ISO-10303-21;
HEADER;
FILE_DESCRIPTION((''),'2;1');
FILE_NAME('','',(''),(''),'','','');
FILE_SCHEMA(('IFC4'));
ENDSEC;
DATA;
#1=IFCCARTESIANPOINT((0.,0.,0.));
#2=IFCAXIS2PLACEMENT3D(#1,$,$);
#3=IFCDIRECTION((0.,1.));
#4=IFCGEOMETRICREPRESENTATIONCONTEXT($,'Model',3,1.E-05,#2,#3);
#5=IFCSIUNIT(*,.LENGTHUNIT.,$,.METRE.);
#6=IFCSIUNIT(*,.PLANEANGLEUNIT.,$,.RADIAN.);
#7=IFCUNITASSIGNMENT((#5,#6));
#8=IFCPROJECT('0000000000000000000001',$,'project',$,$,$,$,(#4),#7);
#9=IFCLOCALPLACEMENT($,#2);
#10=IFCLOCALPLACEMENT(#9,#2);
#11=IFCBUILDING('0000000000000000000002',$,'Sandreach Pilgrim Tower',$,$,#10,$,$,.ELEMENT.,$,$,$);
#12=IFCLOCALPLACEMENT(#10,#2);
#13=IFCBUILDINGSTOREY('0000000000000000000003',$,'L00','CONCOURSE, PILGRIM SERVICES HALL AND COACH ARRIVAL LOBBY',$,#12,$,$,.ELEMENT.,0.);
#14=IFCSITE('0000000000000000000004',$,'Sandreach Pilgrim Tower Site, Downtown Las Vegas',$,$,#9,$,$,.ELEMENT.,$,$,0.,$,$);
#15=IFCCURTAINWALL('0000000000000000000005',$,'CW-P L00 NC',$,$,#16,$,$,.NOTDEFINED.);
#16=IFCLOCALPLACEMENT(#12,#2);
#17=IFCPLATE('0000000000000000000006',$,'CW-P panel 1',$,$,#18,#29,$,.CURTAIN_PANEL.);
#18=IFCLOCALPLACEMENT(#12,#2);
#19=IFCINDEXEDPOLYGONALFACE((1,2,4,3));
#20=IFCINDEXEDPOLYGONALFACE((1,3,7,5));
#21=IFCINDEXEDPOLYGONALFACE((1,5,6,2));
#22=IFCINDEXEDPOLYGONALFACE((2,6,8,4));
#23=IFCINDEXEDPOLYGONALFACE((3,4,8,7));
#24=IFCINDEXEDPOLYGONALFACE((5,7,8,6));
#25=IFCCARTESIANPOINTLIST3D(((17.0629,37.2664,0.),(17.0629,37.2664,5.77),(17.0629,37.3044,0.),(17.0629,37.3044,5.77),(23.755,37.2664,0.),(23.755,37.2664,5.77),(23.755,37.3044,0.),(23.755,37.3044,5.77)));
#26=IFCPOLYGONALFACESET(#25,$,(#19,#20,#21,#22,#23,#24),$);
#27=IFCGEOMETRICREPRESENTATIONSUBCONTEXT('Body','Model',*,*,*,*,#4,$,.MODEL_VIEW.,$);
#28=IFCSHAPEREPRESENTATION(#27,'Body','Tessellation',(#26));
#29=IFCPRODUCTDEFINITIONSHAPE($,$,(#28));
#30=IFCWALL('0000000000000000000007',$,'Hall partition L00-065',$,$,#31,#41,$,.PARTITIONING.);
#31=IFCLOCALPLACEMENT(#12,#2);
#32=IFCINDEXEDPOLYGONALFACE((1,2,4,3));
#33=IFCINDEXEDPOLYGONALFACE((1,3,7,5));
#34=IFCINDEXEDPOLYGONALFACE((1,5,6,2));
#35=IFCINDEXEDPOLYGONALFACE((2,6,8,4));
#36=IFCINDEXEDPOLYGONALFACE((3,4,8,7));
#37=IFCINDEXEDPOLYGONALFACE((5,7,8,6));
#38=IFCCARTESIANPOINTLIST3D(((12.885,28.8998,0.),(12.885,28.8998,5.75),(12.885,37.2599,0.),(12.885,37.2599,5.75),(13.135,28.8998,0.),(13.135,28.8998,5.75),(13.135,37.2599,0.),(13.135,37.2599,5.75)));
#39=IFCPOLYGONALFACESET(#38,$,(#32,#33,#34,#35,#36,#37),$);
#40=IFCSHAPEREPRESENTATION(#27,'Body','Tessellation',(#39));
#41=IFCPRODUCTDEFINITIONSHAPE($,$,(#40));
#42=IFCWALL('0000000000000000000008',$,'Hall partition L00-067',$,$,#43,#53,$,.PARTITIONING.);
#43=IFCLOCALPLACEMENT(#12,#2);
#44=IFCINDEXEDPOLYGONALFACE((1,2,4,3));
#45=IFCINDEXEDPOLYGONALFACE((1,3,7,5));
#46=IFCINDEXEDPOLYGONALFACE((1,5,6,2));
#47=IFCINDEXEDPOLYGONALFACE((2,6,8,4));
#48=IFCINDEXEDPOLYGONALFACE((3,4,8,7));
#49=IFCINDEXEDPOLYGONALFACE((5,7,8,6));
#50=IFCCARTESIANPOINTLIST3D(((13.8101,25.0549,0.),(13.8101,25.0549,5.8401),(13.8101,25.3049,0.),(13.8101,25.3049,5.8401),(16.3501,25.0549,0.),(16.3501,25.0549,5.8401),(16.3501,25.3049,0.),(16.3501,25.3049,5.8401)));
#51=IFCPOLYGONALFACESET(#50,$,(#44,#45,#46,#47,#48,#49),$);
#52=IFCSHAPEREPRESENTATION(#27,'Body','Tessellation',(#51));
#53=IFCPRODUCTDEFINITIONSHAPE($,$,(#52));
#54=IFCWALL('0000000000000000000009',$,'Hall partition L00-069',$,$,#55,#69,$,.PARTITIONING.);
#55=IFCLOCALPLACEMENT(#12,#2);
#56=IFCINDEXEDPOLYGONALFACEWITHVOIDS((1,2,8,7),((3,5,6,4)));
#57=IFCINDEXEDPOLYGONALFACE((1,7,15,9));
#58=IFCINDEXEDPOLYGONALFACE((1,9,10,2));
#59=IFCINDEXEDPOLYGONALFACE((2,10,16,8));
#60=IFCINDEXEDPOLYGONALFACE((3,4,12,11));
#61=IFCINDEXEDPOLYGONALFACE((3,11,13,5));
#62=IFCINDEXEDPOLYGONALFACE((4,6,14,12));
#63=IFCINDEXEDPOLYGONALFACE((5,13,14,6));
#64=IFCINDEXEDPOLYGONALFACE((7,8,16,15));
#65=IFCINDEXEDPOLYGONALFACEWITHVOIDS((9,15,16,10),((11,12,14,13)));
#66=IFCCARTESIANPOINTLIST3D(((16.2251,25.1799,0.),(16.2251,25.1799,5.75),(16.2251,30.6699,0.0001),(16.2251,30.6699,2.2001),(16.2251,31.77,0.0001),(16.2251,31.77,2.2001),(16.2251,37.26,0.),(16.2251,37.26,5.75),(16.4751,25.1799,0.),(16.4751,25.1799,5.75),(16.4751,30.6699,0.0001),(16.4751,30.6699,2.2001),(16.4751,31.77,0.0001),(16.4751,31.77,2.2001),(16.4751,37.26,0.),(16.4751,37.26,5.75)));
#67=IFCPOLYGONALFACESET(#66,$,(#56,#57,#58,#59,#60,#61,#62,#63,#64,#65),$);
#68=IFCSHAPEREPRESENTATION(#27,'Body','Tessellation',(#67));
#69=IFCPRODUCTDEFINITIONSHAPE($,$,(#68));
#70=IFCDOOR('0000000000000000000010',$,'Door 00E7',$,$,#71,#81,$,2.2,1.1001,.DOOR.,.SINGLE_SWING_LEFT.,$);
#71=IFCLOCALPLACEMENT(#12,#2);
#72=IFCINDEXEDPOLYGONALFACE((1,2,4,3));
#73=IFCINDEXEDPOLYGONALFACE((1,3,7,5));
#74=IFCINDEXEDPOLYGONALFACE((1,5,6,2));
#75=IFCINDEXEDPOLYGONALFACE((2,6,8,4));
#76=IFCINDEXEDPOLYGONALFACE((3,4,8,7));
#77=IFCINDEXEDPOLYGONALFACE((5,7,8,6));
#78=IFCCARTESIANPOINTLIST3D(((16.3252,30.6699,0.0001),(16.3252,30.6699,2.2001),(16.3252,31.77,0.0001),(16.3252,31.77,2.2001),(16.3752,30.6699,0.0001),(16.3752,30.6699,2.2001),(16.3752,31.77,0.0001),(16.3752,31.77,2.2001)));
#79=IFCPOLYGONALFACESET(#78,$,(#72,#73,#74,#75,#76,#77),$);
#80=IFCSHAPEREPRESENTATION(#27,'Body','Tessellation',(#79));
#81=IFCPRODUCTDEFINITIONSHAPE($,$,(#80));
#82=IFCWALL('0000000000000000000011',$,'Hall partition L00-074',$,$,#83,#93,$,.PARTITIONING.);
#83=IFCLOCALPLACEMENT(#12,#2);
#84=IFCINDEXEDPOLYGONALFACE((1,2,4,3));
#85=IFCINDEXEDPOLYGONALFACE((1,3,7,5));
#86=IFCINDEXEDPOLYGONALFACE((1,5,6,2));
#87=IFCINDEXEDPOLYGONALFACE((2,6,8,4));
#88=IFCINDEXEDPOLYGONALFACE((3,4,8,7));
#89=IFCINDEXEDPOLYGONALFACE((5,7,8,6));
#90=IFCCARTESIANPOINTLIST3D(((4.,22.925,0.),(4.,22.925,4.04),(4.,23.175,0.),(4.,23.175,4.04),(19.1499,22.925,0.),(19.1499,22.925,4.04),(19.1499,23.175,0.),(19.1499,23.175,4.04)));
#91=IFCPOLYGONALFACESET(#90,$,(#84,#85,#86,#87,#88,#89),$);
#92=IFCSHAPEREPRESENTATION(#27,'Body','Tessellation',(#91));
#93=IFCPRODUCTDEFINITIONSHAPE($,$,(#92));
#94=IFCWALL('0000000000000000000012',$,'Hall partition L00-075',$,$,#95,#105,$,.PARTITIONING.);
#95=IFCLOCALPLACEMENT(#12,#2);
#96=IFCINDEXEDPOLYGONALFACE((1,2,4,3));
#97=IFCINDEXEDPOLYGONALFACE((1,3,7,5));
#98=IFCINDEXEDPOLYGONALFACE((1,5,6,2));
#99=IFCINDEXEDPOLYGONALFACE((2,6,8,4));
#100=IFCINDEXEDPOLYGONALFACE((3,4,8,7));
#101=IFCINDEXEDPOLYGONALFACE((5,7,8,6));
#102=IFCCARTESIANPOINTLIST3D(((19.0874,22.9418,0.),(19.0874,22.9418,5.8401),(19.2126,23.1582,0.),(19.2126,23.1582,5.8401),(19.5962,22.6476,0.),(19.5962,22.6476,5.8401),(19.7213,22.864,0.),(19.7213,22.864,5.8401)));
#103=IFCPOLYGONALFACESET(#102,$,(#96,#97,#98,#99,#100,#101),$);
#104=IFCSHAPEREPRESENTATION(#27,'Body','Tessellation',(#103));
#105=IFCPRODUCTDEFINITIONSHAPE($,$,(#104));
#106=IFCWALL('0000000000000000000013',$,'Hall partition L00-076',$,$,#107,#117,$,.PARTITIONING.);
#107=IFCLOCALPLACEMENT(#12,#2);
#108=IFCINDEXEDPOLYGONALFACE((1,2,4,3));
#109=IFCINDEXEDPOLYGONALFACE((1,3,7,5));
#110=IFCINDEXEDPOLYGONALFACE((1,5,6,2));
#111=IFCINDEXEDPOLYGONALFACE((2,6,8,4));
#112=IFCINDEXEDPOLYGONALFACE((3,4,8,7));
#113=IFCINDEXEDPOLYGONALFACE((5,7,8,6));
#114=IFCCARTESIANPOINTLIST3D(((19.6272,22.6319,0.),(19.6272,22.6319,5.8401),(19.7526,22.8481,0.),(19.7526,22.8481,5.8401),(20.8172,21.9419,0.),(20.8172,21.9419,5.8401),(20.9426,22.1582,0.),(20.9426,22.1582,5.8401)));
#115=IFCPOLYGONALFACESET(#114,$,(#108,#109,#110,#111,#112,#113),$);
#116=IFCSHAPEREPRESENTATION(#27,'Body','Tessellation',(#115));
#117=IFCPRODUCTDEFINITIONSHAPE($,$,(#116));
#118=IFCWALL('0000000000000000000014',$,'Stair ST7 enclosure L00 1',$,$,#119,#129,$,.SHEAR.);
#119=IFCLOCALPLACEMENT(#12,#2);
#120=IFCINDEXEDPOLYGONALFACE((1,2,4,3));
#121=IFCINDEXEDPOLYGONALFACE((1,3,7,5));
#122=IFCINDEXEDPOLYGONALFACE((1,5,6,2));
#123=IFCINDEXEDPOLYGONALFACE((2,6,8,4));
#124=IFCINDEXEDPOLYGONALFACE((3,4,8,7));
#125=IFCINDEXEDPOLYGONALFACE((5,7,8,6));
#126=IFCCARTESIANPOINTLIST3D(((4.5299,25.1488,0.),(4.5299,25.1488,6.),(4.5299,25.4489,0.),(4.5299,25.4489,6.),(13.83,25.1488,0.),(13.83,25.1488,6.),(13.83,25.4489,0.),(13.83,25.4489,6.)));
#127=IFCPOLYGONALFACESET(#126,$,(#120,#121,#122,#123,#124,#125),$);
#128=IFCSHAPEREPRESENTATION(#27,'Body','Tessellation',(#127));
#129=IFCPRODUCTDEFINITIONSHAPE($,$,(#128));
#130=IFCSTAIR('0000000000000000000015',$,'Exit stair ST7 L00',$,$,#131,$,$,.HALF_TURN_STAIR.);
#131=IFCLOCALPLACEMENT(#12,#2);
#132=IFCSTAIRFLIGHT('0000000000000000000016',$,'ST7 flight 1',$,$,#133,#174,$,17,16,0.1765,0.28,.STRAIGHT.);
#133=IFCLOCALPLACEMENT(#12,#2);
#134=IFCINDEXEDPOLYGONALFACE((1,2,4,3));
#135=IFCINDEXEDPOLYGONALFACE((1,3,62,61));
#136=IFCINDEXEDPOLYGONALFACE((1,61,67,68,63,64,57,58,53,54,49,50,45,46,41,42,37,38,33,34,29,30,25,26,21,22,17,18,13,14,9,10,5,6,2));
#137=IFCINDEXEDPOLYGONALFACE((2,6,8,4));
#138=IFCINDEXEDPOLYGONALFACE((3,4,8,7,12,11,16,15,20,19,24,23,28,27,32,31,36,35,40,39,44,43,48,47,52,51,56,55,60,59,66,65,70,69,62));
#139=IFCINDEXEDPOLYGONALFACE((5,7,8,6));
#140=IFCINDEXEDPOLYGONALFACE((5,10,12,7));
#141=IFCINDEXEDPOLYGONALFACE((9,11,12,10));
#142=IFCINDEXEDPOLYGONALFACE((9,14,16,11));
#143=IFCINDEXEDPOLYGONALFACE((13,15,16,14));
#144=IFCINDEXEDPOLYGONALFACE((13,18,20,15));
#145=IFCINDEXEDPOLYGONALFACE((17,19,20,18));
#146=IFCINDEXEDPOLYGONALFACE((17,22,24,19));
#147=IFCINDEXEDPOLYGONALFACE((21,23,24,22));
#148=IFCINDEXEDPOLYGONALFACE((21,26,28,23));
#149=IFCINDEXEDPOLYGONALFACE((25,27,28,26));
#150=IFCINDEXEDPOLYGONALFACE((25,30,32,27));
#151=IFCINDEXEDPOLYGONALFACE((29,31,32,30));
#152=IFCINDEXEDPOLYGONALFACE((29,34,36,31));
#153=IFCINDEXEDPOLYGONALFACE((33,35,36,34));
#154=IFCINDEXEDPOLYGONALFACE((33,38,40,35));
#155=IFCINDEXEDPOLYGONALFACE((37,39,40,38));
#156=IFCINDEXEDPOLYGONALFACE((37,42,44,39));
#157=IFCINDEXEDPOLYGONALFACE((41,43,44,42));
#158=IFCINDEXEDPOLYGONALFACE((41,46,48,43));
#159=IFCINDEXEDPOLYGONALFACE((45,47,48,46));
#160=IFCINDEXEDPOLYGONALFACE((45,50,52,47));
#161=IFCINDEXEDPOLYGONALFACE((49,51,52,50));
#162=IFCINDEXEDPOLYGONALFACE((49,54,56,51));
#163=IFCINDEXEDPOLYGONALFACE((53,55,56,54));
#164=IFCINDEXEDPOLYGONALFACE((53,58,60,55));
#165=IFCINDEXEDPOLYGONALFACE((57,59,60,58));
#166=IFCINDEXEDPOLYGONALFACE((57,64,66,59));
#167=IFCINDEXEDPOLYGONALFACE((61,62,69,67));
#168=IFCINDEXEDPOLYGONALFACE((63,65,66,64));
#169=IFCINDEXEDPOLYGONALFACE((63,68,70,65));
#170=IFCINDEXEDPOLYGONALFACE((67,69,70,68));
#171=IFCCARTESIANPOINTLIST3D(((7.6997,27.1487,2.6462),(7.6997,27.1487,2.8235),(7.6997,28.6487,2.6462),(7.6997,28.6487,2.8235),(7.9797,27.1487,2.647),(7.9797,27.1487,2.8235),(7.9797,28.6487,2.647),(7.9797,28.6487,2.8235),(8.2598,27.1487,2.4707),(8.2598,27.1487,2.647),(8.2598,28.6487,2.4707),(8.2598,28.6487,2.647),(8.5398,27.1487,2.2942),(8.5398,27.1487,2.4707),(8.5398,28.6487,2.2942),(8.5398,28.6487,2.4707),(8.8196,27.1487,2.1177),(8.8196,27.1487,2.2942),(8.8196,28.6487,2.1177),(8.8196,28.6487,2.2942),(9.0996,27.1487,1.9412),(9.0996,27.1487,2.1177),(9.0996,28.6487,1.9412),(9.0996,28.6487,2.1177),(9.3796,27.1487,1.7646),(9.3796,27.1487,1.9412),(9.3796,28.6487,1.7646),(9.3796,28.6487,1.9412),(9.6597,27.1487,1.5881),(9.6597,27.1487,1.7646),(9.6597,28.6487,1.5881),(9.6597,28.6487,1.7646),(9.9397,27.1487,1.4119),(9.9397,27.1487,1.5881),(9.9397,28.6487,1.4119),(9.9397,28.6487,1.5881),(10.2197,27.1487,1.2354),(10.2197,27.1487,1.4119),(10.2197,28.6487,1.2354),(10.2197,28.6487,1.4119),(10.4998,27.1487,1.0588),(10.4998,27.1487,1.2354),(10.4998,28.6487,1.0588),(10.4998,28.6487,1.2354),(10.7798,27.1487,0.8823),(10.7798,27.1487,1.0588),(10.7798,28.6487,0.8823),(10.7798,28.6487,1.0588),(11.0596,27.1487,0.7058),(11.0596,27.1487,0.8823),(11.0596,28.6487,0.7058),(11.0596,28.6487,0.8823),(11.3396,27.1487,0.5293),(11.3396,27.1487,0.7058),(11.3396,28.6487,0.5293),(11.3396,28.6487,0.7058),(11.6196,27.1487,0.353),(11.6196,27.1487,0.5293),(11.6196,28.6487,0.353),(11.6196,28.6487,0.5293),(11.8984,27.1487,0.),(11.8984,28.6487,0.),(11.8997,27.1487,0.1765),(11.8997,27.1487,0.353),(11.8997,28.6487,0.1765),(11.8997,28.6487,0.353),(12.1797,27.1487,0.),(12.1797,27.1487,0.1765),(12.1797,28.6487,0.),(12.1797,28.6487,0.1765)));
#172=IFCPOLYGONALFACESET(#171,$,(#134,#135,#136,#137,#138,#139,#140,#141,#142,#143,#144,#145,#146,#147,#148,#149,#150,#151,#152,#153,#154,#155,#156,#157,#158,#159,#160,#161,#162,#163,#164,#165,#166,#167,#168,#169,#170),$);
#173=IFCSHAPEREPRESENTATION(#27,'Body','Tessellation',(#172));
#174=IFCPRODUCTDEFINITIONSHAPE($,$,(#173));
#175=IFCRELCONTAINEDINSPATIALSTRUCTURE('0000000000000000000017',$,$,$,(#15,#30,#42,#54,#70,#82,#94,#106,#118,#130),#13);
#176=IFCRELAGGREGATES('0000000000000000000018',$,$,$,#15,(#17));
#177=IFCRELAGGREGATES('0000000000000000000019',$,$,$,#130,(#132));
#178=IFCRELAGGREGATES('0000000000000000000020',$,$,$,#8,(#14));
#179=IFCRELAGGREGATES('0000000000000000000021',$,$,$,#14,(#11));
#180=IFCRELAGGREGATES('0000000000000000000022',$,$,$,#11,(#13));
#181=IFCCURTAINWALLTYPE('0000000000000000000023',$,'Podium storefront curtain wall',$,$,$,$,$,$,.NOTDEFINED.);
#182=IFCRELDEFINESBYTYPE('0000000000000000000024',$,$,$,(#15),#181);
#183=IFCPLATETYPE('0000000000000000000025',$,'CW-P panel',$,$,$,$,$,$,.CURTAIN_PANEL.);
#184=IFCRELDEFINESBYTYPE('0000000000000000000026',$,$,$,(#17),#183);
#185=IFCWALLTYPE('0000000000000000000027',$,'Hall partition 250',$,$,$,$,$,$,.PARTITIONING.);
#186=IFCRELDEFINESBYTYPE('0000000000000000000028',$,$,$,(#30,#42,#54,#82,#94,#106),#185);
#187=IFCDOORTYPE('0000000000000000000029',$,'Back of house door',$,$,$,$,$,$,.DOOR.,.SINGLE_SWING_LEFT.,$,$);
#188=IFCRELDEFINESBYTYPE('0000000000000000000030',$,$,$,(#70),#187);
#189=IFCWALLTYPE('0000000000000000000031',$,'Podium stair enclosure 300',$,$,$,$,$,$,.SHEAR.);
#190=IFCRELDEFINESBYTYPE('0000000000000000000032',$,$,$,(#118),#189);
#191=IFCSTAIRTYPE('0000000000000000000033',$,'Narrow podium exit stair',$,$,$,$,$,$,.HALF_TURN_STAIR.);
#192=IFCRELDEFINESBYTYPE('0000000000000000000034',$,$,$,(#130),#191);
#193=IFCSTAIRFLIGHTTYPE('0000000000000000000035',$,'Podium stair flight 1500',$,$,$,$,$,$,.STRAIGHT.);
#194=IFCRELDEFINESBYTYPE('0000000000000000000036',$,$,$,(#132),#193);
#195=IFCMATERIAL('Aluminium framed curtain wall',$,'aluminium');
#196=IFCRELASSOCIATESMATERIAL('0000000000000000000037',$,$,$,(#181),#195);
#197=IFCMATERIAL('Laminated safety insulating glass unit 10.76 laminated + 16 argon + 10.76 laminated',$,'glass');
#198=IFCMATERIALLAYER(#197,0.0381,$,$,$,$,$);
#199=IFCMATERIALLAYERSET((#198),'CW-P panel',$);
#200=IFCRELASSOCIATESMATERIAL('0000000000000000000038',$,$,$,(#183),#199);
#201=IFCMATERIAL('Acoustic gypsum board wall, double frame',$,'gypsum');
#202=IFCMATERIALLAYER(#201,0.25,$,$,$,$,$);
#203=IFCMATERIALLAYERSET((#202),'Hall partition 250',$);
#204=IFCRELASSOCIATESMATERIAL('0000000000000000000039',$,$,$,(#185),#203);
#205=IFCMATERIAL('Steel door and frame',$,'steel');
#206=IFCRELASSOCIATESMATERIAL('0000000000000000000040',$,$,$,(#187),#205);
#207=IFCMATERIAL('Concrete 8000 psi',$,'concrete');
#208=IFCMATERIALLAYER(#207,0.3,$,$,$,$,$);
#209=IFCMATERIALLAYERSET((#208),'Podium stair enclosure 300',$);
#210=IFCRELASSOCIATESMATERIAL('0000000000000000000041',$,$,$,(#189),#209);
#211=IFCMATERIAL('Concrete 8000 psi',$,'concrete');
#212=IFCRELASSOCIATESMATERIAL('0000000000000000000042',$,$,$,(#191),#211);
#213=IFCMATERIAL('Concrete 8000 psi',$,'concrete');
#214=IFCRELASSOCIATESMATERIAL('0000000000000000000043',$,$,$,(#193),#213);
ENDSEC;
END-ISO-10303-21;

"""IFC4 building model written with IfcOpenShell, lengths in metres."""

from ifc_helpers import new_model, si_unit, direction, frame, frame_2d, origin, origin_2d, place, context, subcontext, project, spatial, polyline, rectangle, outline, extrude, material, layer, layer_set, type_object, element, fill, aggregate, save


model = new_model("IFC4")

# Units and contexts
model_context = context("Model", 3, precision=1e-05, world=origin(), true_north=direction((0.0, 1.0)))
body_context = subcontext(model_context, "Body", "Model", "MODEL_VIEW")
ifc_project = project(units=[si_unit("LENGTHUNIT", "METRE"), si_unit("PLANEANGLEUNIT", "RADIAN")], contexts=[model_context])

# Site, building, storey
site_placement = place(None, origin())
site = spatial("IfcSite", under=ifc_project, at=site_placement, Name="Sandreach Pilgrim Tower Site, Downtown Las Vegas", CompositionType="ELEMENT", RefElevation=0.0)
building_placement = place(site_placement, origin())
building = spatial("IfcBuilding", under=site, at=building_placement, Name="Sandreach Pilgrim Tower", CompositionType="ELEMENT")
storey_placement = place(building_placement, origin())
storey = spatial("IfcBuildingStorey", under=building, at=storey_placement, Name="L00", Description="CONCOURSE, PILGRIM SERVICES HALL AND COACH ARRIVAL LOBBY", CompositionType="ELEMENT", Elevation=0.0)

# Curtain wall
ifc_material_1 = material(Name="Aluminium framed curtain wall", Category="aluminium")
curtain_wall_type = type_object("IfcCurtainWallType", Name="Podium storefront curtain wall", PredefinedType="NOTDEFINED", material=ifc_material_1)
curtain_wall_placement = place(storey_placement, origin())
curtain_wall = element("IfcCurtainWall", 1, at=curtain_wall_placement, inside=storey, type_object=curtain_wall_type, Name="CW-P L00 NC", PredefinedType="NOTDEFINED")

# Plate
ifc_material_2 = material(Name="Laminated safety insulating glass unit 10.76 laminated + 16 argon + 10.76 laminated", Category="glass")
ifc_layer_1 = layer(ifc_material_2, 0.0381)
ifc_layer_set_1 = layer_set([ifc_layer_1], Name="CW-P panel")
plate_type = type_object("IfcPlateType", Name="CW-P panel", PredefinedType="CURTAIN_PANEL", material=ifc_layer_set_1)
plate_placement = place(storey_placement, frame((20.4089, 37.2854, 0.0), z_axis=(0.0, 0.0, 1.0), x_axis=(1.0, 0.0, 0.0)))
plate = element("IfcPlate", 2, at=plate_placement, type_object=plate_type, Name="CW-P panel 1", PredefinedType="CURTAIN_PANEL", context=body_context, shape_type="SweptSolid", body=[
    extrude(rectangle(XDim=6.6921, YDim=0.0381, at=origin_2d()), origin(), (0.0, 0.0, 1.0), 5.77),
])
aggregate(curtain_wall, [plate])

# Walls
ifc_material_3 = material(Name="Acoustic gypsum board wall, double frame", Category="gypsum")
ifc_layer_2 = layer(ifc_material_3, 0.25)
ifc_layer_set_2 = layer_set([ifc_layer_2], Name="Hall partition 250")
wall_type_1 = type_object("IfcWallType", Name="Hall partition 250", PredefinedType="PARTITIONING", material=ifc_layer_set_2)
wall_1_placement = place(storey_placement, frame((13.01, 37.26, 0.0), z_axis=(0.0, 0.0, 1.0), x_axis=(0.0, -1.0, 0.0)))
element("IfcWall", 3, at=wall_1_placement, inside=storey, type_object=wall_type_1, Name="Hall partition L00-065", PredefinedType="PARTITIONING", context=body_context, shape_type="SweptSolid", body=[
    extrude(rectangle(XDim=8.3601, YDim=0.25, at=frame_2d((4.1802, 0.0))), origin(), (0.0, 0.0, 1.0), 5.75),
])
wall_2_placement = place(storey_placement, frame((13.8101, 25.1799, 0.0), z_axis=(0.0, 0.0, 1.0), x_axis=(1.0, 0.0, 0.0)))
element("IfcWall", 4, at=wall_2_placement, inside=storey, type_object=wall_type_1, Name="Hall partition L00-067", PredefinedType="PARTITIONING", context=body_context, shape_type="SweptSolid", body=[
    extrude(rectangle(XDim=2.54, YDim=0.25, at=frame_2d((1.27, 0.0))), origin(), (0.0, 0.0, 1.0), 5.8401),
])

# Wall, opening, door
wall_3_placement = place(storey_placement, frame((16.3501, 25.1799, 0.0), z_axis=(0.0, 0.0, 1.0), x_axis=(0.0, 1.0, 0.0)))
wall_3 = element("IfcWall", 5, at=wall_3_placement, inside=storey, type_object=wall_type_1, Name="Hall partition L00-069", PredefinedType="PARTITIONING", context=body_context, shape_type="SweptSolid", body=[
    extrude(rectangle(XDim=12.0801, YDim=0.25, at=frame_2d((6.04, 0.0))), origin(), (0.0, 0.0, 1.0), 5.75),
])
opening_1_placement = place(wall_3_placement, frame((5.49, 0.0, 0.0)))
opening_1 = element("IfcOpeningElement", 6, at=opening_1_placement, cuts=wall_3, PredefinedType="OPENING", context=body_context, shape_type="SweptSolid", body=[
    extrude(rectangle(XDim=1.1001, YDim=2.2, at=frame_2d((0.55, 1.1001))), frame((0.0, 0.125, 0.0), z_axis=(0.0, -1.0, 0.0), x_axis=(1.0, 0.0, 0.0)), (0.0, 0.0, 1.0), 0.25),
])
ifc_material_4 = material(Name="Steel door and frame", Category="steel")
door_type_1 = type_object("IfcDoorType", Name="Back of house door", OperationType="SINGLE_SWING_LEFT", PredefinedType="DOOR", material=ifc_material_4)
door_1_placement = place(opening_1_placement, origin())
door_1 = element("IfcDoor", 7, at=door_1_placement, inside=storey, type_object=door_type_1, Name="Door 00E7", OperationType="SINGLE_SWING_LEFT", OverallHeight=2.2, OverallWidth=1.1001, PredefinedType="DOOR", context=body_context, shape_type="SweptSolid", body=[
    extrude(rectangle(XDim=1.1001, YDim=2.2, at=frame_2d((0.55, 1.1001))), frame((0.0, 0.0249, 0.0), z_axis=(0.0, -1.0, 0.0), x_axis=(1.0, 0.0, 0.0)), (0.0, 0.0, 1.0), 0.05),
])
fill(opening_1, door_1)

# Walls
wall_4_placement = place(storey_placement, frame((19.1499, 23.05, 0.0), z_axis=(0.0, 0.0, 1.0), x_axis=(-1.0, 0.0, 0.0)))
element("IfcWall", 8, at=wall_4_placement, inside=storey, type_object=wall_type_1, Name="Hall partition L00-074", PredefinedType="PARTITIONING", context=body_context, shape_type="SweptSolid", body=[
    extrude(rectangle(XDim=15.1499, YDim=0.25, at=frame_2d((7.575, 0.0))), origin(), (0.0, 0.0, 1.0), 4.04),
])
wall_5_placement = place(storey_placement, frame((19.1499, 23.05, 0.0), z_axis=(0.0, 0.0, 1.0), x_axis=(0.865701, -0.500561, 0.0)))
element("IfcWall", 9, at=wall_5_placement, inside=storey, type_object=wall_type_1, Name="Hall partition L00-075", PredefinedType="PARTITIONING", context=body_context, shape_type="SweptSolid", body=[
    extrude(rectangle(XDim=0.5876, YDim=0.25, at=frame_2d((0.2939, 0.0))), origin(), (0.0, 0.0, 1.0), 5.8401),
])
wall_6_placement = place(storey_placement, frame((19.6899, 22.74, 0.0), z_axis=(0.0, 0.0, 1.0), x_axis=(0.865102, -0.501596, 0.0)))
element("IfcWall", 10, at=wall_6_placement, inside=storey, type_object=wall_type_1, Name="Hall partition L00-076", PredefinedType="PARTITIONING", context=body_context, shape_type="SweptSolid", body=[
    extrude(rectangle(XDim=1.3755, YDim=0.25, at=frame_2d((0.6877, 0.0))), origin(), (0.0, 0.0, 1.0), 5.8401),
])
ifc_material_5 = material(Name="Concrete 8000 psi", Category="concrete")
ifc_layer_3 = layer(ifc_material_5, 0.3)
ifc_layer_set_3 = layer_set([ifc_layer_3], Name="Podium stair enclosure 300")
wall_type_2 = type_object("IfcWallType", Name="Podium stair enclosure 300", PredefinedType="SHEAR", material=ifc_layer_set_3)
wall_7_placement = place(storey_placement, frame((13.8298, 25.2988, 0.0), z_axis=(0.0, 0.0, 1.0), x_axis=(-1.0, 0.0, 0.0)))
element("IfcWall", 11, at=wall_7_placement, inside=storey, type_object=wall_type_2, Name="Stair ST7 enclosure L00 1", PredefinedType="SHEAR", context=body_context, shape_type="SweptSolid", body=[
    extrude(rectangle(XDim=9.3, YDim=0.3, at=frame_2d((4.6499, 0.0))), origin(), (0.0, 0.0, 1.0), 6.0),
])

# Stair, stair flight
ifc_material_6 = material(Name="Concrete 8000 psi", Category="concrete")
stair_type = type_object("IfcStairType", Name="Narrow podium exit stair", PredefinedType="HALF_TURN_STAIR", material=ifc_material_6)
stair_placement = place(storey_placement, origin())
stair = element("IfcStair", 12, at=stair_placement, inside=storey, type_object=stair_type, Name="Exit stair ST7 L00", PredefinedType="HALF_TURN_STAIR")
ifc_material_7 = material(Name="Concrete 8000 psi", Category="concrete")
stair_flight_type = type_object("IfcStairFlightType", Name="Podium stair flight 1500", PredefinedType="STRAIGHT", material=ifc_material_7)
stair_flight_placement = place(storey_placement, frame((12.1797, 27.8987, 0.0), z_axis=(0.0, 0.0, 1.0), x_axis=(-1.0, 0.0, 0.0)))
stair_flight = element("IfcStairFlight", 13, at=stair_flight_placement, type_object=stair_flight_type, Name="ST7 flight 1", NumberOfRisers=17, NumberOfTreads=16, PredefinedType="STRAIGHT", RiserHeight=0.1765, TreadLength=0.28, context=body_context, shape_type="SweptSolid", body=[
    extrude(outline(polyline([(0.0, 0.0), (0.0, 0.1765), (0.28, 0.1765), (0.28, 0.353), (0.5601, 0.353), (0.5601, 0.5293), (0.8401, 0.5293), (0.8401, 0.7058), (1.1201, 0.7058), (1.1201, 0.8823), (1.3999, 0.8823), (1.3999, 1.0588), (1.6799, 1.0588), (1.6799, 1.2354), (1.96, 1.2354), (1.96, 1.4119), (2.24, 1.4119), (2.24, 1.5881), (2.52, 1.5881), (2.52, 1.7646), (2.8, 1.7646), (2.8, 1.9412), (3.0801, 1.9412), (3.0801, 2.1177), (3.3601, 2.1177), (3.3601, 2.2942), (3.6399, 2.2942), (3.6399, 2.4707), (3.9199, 2.4707), (3.9199, 2.647), (4.2, 2.647), (4.2, 2.8235), (4.48, 2.8235), (4.48, 3.0), (4.48, 2.6462), (0.2812, 0.0), (0.0, 0.0)])), frame((0.0, 0.75, 0.0), z_axis=(0.0, -1.0, 0.0), x_axis=(1.0, 0.0, 0.0)), (0.0, 0.0, 1.0), 1.5),
])
aggregate(stair, [stair_flight])

save(model, "model.ifc")
